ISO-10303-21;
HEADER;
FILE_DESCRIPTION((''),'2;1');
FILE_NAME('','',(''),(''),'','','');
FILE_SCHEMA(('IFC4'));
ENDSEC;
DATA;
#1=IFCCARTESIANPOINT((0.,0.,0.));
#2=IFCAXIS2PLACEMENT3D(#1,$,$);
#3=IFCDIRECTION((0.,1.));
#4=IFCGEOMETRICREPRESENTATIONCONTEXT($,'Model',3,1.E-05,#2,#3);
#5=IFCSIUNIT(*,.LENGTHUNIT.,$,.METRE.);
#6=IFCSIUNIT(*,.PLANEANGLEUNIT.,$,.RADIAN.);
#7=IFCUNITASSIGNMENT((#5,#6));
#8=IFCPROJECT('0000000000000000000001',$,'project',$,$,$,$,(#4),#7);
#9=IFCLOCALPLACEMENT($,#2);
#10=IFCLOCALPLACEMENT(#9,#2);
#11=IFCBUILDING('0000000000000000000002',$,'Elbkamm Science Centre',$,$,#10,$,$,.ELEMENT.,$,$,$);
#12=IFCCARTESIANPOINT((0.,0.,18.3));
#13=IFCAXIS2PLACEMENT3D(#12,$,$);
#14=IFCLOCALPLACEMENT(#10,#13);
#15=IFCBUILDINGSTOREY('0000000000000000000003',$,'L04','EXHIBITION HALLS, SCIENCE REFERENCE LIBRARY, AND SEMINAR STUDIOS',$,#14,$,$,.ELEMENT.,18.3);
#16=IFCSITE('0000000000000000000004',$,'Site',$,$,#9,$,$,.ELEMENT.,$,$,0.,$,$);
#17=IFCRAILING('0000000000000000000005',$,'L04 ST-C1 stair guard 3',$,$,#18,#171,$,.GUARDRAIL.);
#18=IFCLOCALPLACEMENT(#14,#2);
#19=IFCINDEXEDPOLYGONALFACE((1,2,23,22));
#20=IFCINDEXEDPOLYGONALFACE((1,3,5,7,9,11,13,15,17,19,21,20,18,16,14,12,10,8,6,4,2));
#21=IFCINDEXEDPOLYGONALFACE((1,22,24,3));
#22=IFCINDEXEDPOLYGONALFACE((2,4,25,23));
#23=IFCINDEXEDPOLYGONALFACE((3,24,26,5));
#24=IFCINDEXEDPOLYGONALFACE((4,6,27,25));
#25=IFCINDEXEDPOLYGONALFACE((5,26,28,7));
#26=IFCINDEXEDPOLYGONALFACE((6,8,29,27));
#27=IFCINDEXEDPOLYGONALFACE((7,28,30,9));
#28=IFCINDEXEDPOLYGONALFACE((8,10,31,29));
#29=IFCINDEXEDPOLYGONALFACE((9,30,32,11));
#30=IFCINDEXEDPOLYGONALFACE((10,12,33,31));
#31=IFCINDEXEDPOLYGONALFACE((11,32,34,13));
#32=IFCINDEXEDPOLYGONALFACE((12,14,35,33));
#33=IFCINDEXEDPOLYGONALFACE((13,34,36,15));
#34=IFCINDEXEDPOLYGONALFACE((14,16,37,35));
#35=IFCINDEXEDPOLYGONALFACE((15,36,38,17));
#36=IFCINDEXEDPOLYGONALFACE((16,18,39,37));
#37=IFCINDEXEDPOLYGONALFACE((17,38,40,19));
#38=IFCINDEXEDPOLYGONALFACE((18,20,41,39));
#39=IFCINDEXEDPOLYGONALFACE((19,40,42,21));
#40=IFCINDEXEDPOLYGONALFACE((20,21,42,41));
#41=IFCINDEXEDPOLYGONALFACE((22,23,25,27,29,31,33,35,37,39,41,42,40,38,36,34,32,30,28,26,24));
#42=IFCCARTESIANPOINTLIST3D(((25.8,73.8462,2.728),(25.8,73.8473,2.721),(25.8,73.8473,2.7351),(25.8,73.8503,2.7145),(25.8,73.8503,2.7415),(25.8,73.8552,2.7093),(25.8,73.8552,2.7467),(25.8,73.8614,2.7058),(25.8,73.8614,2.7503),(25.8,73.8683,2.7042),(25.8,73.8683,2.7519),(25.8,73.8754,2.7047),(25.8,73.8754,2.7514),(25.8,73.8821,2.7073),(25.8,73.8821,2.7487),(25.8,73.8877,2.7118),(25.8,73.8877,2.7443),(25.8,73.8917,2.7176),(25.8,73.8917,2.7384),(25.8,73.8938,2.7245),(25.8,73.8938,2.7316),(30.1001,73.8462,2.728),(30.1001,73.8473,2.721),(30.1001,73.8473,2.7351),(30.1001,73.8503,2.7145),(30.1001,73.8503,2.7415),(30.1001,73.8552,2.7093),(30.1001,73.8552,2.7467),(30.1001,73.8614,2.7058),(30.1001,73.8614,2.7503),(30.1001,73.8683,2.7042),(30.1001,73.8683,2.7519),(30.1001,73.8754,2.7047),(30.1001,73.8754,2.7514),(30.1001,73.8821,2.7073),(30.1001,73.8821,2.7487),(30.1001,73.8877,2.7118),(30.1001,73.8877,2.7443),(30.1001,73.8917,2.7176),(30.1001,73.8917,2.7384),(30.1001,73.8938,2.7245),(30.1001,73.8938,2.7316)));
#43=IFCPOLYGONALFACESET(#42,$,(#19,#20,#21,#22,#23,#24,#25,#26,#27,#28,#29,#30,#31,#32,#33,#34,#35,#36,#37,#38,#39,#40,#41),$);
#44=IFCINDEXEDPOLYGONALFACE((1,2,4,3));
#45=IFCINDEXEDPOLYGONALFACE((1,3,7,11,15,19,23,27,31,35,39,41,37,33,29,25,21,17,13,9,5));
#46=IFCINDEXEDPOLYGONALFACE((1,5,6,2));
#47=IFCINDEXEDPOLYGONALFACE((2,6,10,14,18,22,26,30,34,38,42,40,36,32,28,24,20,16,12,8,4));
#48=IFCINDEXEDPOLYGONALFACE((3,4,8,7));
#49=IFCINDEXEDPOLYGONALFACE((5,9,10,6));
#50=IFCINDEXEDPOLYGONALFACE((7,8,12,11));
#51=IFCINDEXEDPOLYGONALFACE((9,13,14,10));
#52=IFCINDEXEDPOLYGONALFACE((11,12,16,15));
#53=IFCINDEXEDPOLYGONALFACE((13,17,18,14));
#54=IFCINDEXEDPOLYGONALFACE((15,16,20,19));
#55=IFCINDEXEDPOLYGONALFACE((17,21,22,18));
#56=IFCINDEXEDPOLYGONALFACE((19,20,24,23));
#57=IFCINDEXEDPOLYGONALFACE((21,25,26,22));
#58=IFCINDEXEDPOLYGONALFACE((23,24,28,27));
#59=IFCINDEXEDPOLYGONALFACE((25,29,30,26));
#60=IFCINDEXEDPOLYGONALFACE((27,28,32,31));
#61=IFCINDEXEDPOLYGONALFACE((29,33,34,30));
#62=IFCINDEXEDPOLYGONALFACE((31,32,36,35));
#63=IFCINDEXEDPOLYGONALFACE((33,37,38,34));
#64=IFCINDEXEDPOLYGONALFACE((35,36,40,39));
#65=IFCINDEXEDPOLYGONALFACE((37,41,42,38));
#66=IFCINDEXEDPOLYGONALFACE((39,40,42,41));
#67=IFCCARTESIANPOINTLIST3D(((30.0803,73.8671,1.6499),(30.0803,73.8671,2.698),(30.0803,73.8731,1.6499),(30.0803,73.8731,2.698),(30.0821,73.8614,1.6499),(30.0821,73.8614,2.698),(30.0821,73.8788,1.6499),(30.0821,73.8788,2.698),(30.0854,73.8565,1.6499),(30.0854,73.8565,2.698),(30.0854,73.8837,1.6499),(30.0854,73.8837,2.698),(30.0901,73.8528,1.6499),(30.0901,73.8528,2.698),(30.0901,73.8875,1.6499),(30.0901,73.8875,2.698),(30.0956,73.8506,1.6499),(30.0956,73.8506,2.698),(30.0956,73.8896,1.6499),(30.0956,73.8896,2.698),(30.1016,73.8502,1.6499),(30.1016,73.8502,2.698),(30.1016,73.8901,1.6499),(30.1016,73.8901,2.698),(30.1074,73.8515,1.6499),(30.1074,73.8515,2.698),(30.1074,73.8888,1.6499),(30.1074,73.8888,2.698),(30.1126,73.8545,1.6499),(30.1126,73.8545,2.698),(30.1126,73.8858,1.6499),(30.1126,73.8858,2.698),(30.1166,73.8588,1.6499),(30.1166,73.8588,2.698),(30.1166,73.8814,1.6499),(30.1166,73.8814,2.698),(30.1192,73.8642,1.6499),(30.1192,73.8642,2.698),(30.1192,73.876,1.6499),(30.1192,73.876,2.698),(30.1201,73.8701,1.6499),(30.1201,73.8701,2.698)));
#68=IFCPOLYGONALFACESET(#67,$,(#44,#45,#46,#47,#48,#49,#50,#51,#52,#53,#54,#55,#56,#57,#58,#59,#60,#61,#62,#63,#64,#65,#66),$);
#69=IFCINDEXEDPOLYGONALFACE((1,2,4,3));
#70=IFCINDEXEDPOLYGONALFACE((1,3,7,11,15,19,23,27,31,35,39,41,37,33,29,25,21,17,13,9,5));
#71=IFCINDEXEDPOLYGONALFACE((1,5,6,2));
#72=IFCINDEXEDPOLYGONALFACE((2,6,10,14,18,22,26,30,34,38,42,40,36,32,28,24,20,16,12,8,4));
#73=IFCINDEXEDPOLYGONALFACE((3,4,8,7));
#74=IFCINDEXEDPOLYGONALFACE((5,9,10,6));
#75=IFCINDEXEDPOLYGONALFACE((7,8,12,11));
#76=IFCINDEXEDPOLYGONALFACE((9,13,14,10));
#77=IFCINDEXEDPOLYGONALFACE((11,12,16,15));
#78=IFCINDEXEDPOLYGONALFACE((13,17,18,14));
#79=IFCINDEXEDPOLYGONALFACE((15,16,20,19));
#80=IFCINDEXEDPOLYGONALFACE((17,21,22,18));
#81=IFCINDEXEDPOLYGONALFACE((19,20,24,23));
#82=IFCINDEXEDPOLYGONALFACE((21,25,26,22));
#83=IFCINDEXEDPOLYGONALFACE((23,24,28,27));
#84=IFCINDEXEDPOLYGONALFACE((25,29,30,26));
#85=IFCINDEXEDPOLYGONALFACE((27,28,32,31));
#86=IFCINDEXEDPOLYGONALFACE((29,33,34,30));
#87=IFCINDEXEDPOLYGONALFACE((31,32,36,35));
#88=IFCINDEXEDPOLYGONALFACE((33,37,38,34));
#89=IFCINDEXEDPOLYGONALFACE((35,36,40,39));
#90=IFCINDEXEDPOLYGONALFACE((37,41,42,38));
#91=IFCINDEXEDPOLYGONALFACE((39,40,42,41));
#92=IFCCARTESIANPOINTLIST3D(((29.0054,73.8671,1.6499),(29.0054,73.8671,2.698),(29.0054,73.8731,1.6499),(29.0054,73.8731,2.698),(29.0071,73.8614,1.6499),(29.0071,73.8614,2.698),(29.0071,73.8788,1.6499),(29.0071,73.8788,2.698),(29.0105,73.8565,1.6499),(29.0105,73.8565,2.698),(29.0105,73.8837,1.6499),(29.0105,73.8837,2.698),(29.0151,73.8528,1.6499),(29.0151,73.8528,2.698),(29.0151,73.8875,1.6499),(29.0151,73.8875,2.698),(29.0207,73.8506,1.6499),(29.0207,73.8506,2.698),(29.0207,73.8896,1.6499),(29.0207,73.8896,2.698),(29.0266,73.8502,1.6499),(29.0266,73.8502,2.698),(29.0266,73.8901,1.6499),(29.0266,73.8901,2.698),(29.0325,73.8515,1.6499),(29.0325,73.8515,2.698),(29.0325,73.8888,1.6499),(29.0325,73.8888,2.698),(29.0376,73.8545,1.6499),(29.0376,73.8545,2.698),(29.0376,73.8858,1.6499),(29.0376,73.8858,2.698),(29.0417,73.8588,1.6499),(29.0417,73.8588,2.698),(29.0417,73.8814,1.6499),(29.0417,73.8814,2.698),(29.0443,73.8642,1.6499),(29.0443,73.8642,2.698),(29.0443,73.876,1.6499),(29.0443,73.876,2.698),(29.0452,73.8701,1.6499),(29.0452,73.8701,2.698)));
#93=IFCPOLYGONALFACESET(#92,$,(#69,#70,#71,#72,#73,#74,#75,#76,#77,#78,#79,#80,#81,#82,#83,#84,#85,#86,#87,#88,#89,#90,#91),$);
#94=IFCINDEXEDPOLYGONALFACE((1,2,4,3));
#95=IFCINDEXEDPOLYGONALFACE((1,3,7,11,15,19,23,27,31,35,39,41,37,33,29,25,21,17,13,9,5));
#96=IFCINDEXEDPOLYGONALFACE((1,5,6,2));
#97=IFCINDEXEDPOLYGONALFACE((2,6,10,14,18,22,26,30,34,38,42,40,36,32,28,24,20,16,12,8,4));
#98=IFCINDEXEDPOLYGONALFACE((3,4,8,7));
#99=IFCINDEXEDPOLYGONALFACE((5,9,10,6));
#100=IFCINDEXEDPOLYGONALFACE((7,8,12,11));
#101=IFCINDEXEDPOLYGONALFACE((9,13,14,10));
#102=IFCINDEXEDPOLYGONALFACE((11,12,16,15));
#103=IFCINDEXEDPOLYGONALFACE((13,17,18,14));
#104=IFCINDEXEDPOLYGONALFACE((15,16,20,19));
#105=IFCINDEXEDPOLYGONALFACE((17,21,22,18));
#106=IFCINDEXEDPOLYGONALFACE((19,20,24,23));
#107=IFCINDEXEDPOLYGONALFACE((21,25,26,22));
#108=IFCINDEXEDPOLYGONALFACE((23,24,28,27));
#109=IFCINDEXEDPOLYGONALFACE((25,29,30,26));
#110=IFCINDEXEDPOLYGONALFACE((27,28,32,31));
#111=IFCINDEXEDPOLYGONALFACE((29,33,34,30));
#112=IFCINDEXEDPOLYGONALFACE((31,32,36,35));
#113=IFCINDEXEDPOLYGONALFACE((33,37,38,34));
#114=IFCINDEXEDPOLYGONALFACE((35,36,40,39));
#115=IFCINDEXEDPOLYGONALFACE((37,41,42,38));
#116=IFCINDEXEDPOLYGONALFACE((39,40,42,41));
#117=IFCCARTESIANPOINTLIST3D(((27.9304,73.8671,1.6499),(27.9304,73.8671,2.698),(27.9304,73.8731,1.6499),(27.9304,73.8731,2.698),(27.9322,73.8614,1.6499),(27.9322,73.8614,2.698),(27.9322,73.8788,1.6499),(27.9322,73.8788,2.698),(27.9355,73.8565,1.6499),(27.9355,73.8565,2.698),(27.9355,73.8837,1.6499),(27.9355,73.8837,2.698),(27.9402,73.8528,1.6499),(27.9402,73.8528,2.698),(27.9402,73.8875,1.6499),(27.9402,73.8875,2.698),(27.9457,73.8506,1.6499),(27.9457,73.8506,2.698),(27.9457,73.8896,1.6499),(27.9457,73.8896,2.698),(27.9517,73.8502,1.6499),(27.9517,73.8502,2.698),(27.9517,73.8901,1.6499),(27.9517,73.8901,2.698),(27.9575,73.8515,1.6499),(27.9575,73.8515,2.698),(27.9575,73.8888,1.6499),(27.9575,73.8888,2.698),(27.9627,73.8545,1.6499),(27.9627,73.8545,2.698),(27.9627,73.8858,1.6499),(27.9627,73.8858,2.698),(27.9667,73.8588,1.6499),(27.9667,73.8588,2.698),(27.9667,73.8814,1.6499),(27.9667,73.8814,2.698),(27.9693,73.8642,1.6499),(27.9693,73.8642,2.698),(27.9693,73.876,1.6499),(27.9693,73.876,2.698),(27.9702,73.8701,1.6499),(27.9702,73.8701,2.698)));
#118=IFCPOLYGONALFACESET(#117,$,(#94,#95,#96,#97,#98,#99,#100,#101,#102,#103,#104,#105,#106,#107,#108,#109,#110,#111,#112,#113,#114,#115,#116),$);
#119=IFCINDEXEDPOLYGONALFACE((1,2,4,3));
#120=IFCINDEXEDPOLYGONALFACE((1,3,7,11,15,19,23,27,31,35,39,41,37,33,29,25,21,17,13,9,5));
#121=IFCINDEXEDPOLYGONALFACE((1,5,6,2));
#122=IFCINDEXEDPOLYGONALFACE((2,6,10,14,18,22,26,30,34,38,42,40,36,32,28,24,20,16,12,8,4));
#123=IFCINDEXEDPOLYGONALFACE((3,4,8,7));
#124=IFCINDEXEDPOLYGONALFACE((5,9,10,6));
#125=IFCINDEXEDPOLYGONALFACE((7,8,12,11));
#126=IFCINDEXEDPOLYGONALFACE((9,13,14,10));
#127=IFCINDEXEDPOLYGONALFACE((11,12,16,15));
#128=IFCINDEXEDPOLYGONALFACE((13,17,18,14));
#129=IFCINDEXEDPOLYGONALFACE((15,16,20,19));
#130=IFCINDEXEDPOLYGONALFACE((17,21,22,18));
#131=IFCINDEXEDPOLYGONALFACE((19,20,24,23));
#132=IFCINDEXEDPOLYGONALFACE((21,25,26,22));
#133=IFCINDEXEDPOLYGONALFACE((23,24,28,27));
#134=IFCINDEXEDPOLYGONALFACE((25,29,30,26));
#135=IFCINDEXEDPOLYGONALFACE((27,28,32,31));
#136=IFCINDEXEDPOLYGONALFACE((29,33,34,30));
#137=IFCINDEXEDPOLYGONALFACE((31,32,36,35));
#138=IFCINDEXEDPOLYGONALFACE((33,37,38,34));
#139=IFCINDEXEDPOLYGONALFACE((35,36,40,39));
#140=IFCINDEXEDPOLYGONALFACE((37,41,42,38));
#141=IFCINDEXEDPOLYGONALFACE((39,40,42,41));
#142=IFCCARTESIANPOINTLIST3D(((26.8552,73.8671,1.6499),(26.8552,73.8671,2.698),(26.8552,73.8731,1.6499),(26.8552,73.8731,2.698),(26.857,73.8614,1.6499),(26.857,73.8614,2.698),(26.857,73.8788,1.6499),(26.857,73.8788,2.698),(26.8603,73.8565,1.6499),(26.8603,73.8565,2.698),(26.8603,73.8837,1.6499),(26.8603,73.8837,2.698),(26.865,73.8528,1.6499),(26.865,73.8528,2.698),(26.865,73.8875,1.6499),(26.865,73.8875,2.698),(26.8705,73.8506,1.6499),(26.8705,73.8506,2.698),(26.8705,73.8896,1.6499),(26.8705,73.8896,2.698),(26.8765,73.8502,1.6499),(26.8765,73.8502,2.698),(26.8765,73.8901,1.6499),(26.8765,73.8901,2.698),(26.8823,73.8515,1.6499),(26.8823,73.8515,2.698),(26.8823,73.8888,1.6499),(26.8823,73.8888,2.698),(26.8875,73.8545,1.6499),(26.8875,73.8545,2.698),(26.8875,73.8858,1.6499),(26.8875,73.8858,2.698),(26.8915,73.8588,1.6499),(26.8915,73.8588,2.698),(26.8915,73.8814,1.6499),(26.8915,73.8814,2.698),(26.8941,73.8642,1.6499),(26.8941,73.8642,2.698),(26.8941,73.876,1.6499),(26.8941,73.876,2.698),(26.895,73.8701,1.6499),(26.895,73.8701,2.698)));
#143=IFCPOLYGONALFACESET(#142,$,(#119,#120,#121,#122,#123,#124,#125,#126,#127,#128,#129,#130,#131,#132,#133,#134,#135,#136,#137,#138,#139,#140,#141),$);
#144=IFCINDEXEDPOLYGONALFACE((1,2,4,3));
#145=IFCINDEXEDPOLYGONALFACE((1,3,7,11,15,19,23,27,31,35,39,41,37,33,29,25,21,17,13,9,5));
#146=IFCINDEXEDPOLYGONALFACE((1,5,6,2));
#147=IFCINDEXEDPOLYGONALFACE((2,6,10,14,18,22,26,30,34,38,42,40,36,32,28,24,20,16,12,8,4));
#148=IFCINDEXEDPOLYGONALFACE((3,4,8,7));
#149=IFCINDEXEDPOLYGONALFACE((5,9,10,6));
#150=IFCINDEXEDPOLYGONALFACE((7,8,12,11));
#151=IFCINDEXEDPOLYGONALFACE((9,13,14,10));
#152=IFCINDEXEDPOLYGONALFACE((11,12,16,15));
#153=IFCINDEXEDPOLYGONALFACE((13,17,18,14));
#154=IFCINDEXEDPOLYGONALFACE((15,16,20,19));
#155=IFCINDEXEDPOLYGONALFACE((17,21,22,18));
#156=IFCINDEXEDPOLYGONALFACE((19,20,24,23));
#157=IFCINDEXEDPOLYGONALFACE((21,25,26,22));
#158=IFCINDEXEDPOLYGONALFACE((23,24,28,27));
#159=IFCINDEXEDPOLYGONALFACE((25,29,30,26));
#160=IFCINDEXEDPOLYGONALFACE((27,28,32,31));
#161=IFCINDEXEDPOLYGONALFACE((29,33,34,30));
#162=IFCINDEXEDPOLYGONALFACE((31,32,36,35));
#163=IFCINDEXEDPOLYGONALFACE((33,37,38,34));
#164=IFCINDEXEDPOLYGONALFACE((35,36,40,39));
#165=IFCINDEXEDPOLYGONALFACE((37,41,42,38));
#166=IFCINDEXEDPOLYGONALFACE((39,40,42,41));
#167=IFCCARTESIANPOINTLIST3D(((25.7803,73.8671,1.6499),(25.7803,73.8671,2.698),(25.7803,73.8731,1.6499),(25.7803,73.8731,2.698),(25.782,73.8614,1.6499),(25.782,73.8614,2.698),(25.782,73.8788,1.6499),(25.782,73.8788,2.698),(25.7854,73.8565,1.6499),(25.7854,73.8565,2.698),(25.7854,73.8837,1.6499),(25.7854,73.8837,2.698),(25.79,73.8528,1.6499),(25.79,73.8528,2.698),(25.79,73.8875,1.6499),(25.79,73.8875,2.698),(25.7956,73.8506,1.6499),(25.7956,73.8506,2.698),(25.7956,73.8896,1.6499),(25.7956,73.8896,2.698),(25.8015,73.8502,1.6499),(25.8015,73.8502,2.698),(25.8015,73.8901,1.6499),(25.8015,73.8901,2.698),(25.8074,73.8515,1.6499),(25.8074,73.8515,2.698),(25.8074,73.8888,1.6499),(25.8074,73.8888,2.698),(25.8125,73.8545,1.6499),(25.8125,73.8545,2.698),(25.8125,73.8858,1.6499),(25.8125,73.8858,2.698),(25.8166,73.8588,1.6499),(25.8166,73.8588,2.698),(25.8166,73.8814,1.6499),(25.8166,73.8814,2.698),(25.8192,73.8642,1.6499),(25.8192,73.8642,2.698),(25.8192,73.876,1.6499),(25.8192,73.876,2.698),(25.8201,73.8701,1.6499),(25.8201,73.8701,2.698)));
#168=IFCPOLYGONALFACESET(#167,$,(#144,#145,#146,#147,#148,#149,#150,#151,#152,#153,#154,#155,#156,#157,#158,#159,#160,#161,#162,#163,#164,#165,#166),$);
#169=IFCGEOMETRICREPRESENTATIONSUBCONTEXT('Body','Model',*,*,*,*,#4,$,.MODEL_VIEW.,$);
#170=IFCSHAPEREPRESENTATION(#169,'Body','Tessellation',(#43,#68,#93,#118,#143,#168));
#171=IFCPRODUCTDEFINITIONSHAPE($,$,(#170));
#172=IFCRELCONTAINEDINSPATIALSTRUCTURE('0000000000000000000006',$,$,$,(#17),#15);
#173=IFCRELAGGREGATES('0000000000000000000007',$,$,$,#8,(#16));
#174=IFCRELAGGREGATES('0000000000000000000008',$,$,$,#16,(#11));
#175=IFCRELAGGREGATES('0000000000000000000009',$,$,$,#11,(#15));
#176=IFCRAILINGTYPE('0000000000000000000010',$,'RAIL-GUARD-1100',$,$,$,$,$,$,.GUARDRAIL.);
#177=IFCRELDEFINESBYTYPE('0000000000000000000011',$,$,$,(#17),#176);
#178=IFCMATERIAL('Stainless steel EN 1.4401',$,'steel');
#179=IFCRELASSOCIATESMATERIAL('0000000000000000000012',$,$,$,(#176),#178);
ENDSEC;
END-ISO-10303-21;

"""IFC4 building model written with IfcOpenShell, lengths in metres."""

from ifc_helpers import new_model, si_unit, direction, frame, origin, origin_2d, place, context, subcontext, project, spatial, circle, extrude, material, type_object, element, save


model = new_model("IFC4")

# Units and contexts
model_context = context("Model", 3, precision=1e-05, world=origin(), true_north=direction((0.0, 1.0)))
body_context = subcontext(model_context, "Body", "Model", "MODEL_VIEW")
ifc_project = project(units=[si_unit("LENGTHUNIT", "METRE"), si_unit("PLANEANGLEUNIT", "RADIAN")], contexts=[model_context])

# Site, building, storey
site_placement = place(None, origin())
site = spatial("IfcSite", under=ifc_project, at=site_placement, Name="Site", CompositionType="ELEMENT", RefElevation=0.0)
building_placement = place(site_placement, origin())
building = spatial("IfcBuilding", under=site, at=building_placement, Name="Elbkamm Science Centre", CompositionType="ELEMENT")
storey_placement = place(building_placement, frame((0.0, 0.0, 18.3)))
storey = spatial("IfcBuildingStorey", under=building, at=storey_placement, Name="L04", Description="EXHIBITION HALLS, SCIENCE REFERENCE LIBRARY, AND SEMINAR STUDIOS", CompositionType="ELEMENT", Elevation=18.3)

# Railing
ifc_material_1 = material(Name="Stainless steel EN 1.4401", Category="steel")
railing_type_1 = type_object("IfcRailingType", Name="RAIL-GUARD-1100", PredefinedType="GUARDRAIL", material=ifc_material_1)
railing_1_placement = place(storey_placement, frame((30.1001, 73.8701, 1.6499)))
element("IfcRailing", 1, at=railing_1_placement, inside=storey, type_object=railing_type_1, Name="L04 ST-C1 stair guard 3", PredefinedType="GUARDRAIL", context=body_context, shape_type="SweptSolid", body=[
    extrude(circle(Radius=0.0239, at=origin_2d()), frame((0.0, 0.0, 1.0781), z_axis=(-1.0, 0.0, 0.0), x_axis=(0.0, -1.0, 0.0)), (0.0, 0.0, 1.0), 4.3),
    extrude(circle(Radius=0.02, at=origin_2d()), origin(), (0.0, 0.0, 1.0), 1.0481),
    extrude(circle(Radius=0.02, at=origin_2d()), frame((-1.075, 0.0, 0.0)), (0.0, 0.0, 1.0), 1.0481),
    extrude(circle(Radius=0.02, at=origin_2d()), frame((-2.1499, 0.0, 0.0)), (0.0, 0.0, 1.0), 1.0481),
    extrude(circle(Radius=0.02, at=origin_2d()), frame((-3.2251, 0.0, 0.0)), (0.0, 0.0, 1.0), 1.0481),
    extrude(circle(Radius=0.02, at=origin_2d()), frame((-4.3, 0.0, 0.0)), (0.0, 0.0, 1.0), 1.0481),
])

save(model, "model.ifc")
